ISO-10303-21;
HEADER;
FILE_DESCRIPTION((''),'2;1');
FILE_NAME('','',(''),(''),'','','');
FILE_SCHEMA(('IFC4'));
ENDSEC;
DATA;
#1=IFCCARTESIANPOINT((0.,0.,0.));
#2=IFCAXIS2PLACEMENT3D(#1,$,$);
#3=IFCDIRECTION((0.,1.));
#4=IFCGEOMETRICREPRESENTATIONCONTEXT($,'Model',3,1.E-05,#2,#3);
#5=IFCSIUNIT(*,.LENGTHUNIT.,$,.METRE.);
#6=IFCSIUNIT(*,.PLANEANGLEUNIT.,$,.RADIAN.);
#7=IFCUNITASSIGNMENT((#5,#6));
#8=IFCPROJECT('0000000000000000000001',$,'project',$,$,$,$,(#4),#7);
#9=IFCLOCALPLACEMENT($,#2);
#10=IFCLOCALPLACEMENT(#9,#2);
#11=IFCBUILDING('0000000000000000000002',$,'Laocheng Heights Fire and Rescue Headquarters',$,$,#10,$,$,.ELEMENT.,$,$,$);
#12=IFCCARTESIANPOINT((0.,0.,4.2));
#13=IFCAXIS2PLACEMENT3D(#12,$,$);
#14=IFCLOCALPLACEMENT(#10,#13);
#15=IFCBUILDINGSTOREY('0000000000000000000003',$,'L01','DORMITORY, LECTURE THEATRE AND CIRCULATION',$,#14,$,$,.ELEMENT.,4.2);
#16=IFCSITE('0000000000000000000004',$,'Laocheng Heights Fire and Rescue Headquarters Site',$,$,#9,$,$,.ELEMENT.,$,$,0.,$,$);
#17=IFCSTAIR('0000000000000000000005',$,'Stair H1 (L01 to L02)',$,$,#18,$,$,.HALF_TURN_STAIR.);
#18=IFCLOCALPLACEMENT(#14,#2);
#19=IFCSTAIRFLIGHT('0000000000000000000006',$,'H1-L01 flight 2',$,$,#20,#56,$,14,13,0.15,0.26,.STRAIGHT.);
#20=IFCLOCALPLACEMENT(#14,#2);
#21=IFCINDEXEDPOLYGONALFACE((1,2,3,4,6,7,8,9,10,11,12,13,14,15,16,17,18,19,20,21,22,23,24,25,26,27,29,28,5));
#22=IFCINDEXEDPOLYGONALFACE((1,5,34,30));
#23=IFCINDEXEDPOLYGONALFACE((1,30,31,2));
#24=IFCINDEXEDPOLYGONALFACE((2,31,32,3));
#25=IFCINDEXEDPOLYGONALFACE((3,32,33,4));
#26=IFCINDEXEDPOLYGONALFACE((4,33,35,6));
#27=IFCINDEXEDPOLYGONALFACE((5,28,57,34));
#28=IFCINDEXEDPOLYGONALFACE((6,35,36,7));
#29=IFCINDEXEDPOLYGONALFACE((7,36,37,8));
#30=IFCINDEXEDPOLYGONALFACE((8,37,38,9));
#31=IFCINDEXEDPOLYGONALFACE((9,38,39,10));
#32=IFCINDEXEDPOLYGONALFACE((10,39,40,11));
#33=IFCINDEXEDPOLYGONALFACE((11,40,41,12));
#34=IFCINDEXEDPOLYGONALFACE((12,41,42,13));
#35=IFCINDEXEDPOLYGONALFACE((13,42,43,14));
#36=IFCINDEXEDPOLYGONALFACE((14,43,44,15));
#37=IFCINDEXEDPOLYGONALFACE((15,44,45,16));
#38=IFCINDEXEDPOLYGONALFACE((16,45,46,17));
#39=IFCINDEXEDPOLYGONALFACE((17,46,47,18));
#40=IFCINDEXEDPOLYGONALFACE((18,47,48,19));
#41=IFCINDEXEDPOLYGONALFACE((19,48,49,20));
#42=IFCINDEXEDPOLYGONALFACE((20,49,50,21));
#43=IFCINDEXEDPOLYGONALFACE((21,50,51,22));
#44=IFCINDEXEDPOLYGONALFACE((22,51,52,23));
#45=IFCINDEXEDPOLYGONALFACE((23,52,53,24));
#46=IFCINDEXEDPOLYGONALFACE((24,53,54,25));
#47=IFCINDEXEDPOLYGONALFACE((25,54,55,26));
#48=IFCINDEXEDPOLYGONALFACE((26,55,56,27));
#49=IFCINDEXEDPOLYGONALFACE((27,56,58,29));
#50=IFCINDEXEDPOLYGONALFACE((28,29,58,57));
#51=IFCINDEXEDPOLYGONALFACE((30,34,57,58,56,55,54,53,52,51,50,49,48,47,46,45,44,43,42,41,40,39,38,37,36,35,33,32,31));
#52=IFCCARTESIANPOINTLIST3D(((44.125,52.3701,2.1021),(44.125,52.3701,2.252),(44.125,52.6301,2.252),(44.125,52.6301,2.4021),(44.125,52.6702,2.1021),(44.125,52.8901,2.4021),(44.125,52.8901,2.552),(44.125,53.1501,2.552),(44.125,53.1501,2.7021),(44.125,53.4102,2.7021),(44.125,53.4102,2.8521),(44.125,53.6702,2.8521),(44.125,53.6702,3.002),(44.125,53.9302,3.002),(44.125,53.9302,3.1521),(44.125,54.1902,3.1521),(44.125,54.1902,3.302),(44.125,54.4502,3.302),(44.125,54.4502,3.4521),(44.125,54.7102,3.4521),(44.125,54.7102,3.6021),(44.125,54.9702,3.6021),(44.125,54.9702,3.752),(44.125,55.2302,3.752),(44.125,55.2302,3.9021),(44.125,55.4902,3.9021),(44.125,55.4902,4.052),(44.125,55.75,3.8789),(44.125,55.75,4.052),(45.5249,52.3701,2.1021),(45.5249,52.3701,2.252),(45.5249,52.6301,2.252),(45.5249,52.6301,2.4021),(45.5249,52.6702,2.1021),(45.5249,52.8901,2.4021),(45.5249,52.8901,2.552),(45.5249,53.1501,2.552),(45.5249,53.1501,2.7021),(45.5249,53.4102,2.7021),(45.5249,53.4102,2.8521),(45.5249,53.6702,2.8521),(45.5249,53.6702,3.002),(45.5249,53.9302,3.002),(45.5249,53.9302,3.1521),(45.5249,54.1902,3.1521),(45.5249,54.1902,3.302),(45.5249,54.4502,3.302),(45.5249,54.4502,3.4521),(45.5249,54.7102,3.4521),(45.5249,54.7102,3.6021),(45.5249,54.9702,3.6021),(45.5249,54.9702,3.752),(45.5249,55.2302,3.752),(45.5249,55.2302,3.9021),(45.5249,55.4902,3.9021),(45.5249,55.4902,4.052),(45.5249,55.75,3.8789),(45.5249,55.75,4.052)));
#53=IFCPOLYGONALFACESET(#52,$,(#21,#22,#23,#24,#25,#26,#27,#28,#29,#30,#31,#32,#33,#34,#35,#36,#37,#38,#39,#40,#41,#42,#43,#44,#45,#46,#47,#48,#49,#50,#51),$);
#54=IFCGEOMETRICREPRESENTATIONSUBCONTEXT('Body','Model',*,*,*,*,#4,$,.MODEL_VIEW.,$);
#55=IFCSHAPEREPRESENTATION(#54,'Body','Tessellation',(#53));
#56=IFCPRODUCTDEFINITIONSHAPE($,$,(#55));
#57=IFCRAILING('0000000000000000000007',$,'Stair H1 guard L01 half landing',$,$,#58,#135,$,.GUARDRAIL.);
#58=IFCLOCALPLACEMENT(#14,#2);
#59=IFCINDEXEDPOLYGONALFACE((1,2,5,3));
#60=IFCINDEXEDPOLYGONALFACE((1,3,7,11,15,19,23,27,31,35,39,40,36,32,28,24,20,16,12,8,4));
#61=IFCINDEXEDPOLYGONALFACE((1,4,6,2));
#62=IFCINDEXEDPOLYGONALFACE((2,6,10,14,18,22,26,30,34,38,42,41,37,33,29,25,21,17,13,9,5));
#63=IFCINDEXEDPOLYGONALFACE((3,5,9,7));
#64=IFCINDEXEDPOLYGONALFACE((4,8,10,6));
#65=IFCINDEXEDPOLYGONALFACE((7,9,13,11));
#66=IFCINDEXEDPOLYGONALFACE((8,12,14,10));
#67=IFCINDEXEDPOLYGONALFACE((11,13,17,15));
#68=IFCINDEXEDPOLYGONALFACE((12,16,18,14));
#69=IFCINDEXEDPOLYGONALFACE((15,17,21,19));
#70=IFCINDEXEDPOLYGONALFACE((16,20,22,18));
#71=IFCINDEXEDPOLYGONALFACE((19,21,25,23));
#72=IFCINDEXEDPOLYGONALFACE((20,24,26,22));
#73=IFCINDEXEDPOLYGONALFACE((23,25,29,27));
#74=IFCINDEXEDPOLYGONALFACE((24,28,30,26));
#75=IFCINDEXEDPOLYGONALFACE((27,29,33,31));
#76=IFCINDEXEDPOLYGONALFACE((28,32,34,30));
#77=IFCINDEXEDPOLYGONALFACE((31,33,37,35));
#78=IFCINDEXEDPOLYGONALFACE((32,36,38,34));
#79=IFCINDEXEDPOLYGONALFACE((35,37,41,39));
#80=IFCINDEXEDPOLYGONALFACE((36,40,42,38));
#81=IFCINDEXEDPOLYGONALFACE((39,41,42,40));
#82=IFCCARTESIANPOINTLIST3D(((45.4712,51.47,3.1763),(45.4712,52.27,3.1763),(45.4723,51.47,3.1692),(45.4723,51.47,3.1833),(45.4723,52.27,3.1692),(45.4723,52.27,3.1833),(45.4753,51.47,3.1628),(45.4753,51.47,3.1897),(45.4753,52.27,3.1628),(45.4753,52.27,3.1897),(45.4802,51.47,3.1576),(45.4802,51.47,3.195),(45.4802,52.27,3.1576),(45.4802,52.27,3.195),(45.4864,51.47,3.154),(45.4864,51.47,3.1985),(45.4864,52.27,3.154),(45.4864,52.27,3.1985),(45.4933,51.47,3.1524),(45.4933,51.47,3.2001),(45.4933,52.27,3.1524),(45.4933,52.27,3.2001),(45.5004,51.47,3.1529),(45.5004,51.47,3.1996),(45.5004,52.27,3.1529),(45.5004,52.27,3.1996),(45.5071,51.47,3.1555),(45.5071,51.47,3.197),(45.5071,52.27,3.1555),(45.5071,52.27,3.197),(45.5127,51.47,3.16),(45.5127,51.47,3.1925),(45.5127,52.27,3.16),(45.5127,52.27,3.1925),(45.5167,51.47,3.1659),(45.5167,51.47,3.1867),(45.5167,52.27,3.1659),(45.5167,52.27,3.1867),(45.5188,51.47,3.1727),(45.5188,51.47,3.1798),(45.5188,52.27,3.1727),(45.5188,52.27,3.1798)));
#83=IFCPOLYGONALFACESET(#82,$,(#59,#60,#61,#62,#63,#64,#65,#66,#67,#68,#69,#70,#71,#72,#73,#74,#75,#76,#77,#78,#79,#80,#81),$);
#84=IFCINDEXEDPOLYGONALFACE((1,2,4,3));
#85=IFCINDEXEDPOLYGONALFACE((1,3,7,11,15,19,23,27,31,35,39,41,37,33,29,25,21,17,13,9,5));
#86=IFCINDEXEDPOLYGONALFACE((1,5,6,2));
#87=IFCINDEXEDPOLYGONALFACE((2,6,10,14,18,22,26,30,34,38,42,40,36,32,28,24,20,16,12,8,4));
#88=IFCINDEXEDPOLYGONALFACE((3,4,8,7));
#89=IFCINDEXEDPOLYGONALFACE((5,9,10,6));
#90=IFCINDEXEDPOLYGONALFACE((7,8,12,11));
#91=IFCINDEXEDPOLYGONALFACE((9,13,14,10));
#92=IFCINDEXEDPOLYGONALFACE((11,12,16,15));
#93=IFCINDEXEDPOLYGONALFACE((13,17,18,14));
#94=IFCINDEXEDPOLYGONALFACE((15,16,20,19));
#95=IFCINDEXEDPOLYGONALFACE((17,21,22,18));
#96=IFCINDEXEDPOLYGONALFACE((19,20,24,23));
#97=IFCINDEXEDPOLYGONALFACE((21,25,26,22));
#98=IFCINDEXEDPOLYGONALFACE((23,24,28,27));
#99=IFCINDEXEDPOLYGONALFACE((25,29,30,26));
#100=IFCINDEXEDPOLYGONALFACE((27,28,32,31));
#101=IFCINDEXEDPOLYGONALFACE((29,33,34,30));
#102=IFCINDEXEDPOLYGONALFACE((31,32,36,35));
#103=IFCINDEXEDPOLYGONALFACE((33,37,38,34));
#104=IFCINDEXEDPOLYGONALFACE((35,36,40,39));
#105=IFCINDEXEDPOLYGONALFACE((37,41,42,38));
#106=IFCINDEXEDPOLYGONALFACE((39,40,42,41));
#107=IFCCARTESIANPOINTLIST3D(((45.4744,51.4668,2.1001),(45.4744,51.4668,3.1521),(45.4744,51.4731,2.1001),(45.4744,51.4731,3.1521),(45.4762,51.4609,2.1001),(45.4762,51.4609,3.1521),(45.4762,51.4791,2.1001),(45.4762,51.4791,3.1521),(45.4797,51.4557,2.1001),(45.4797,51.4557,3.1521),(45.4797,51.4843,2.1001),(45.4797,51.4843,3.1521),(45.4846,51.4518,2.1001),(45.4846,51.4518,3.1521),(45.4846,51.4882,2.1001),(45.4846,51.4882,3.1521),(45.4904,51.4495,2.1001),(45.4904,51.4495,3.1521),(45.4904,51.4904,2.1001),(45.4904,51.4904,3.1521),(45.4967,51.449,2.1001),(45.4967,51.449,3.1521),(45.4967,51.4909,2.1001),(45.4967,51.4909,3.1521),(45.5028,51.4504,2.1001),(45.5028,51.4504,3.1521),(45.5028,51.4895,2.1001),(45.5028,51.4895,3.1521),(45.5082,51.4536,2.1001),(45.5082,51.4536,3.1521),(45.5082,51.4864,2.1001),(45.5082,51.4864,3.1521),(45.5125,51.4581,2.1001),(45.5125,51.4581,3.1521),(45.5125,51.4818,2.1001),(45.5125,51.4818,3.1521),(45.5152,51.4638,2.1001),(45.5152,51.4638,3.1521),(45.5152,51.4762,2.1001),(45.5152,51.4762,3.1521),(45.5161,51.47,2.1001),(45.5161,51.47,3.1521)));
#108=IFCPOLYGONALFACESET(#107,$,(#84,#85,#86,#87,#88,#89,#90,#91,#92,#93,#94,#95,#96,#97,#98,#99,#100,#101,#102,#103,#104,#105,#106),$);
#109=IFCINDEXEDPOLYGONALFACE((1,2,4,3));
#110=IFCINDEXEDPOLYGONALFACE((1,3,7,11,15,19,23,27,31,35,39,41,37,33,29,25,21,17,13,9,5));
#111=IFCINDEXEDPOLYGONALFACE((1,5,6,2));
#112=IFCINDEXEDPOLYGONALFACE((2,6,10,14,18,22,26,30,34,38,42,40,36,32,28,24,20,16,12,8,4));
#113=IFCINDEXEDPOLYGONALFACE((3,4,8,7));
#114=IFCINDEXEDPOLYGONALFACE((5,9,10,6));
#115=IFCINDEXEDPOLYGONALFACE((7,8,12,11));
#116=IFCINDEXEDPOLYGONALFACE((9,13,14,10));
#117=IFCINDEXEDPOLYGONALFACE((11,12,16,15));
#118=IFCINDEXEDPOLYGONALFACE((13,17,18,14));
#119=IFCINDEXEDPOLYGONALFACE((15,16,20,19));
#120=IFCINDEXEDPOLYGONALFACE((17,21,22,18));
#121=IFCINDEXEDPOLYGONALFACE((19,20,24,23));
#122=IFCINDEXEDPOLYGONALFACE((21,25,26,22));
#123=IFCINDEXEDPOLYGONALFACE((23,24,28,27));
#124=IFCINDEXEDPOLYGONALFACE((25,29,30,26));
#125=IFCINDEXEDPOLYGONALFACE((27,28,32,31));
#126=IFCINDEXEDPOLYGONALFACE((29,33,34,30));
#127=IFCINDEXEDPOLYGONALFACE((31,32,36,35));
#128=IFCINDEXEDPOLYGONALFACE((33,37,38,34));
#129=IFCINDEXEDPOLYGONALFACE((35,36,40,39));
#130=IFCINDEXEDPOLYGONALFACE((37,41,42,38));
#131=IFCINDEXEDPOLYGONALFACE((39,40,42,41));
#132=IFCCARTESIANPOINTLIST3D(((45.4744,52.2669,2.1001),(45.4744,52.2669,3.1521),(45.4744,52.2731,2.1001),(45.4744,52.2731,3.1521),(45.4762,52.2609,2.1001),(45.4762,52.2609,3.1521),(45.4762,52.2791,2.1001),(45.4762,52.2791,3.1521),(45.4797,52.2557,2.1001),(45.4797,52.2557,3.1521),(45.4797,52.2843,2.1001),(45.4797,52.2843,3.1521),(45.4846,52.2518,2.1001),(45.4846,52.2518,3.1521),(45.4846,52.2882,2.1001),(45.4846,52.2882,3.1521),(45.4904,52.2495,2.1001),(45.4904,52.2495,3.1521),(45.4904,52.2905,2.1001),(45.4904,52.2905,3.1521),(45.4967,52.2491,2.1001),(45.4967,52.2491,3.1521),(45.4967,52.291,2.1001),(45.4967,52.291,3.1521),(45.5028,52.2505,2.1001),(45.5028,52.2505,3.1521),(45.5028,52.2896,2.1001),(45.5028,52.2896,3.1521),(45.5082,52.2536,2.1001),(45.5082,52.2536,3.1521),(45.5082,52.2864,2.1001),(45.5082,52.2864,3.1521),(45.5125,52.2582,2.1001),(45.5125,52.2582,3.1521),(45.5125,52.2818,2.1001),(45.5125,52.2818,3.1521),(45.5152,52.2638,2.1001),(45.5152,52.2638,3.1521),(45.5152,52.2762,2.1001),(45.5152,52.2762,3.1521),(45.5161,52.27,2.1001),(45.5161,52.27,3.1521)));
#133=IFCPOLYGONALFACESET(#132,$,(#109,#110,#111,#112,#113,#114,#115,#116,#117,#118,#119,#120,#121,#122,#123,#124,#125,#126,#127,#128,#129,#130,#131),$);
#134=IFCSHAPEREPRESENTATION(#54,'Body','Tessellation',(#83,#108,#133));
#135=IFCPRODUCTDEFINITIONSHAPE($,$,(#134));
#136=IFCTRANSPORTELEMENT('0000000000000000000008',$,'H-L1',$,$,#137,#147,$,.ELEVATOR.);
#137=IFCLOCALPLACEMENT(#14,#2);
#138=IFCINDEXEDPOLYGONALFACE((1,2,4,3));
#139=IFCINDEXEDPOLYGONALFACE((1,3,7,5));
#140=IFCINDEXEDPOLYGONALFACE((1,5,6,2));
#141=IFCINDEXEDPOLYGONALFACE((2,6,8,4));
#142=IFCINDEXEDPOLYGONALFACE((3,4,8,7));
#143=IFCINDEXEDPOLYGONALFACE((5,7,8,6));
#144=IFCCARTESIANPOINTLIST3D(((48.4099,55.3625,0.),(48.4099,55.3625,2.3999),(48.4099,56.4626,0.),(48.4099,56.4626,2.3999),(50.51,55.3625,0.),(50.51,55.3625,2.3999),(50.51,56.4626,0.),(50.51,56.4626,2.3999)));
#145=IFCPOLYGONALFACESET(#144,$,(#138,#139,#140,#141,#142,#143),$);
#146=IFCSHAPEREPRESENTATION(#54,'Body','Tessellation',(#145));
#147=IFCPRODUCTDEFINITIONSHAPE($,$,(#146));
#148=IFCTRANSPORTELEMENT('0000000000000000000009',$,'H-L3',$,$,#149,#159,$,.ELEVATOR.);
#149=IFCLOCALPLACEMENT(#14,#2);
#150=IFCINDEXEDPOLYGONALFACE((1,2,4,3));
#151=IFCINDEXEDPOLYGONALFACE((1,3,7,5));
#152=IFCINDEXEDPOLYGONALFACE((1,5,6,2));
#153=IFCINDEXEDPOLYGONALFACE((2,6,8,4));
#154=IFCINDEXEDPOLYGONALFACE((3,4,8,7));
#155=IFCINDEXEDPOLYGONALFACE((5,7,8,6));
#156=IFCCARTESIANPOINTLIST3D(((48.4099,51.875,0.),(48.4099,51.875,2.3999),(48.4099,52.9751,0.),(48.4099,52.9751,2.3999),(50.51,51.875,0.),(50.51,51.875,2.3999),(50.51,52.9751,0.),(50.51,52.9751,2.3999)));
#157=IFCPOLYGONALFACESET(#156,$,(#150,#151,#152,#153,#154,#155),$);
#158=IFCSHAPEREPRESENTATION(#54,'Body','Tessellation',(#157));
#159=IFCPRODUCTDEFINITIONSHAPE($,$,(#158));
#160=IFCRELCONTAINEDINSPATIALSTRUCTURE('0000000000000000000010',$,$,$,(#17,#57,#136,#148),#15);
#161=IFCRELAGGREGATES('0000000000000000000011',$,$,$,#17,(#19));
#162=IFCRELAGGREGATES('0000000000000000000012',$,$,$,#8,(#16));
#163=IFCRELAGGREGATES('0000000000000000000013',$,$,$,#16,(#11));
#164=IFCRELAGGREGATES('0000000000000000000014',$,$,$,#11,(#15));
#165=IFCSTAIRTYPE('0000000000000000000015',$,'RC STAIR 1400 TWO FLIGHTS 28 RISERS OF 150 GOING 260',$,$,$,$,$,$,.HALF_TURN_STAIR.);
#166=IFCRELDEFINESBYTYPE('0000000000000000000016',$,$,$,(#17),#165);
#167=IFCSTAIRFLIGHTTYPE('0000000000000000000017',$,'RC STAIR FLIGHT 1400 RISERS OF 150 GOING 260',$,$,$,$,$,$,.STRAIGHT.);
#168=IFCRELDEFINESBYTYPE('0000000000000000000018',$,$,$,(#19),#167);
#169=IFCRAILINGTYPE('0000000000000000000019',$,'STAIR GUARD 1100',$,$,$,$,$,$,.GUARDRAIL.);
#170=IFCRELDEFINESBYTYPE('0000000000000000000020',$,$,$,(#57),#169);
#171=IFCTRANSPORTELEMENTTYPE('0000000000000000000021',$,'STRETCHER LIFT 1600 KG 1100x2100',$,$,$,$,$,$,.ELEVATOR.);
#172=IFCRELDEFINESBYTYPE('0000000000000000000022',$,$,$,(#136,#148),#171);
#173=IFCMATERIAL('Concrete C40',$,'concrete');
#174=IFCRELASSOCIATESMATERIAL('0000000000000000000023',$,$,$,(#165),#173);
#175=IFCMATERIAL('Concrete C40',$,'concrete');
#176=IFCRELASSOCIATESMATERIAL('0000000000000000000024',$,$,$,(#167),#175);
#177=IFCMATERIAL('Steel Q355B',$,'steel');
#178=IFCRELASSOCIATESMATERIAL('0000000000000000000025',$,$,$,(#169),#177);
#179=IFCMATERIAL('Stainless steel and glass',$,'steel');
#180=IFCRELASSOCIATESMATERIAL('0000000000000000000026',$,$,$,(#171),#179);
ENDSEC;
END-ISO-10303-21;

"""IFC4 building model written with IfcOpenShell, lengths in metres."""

from ifc_helpers import new_model, si_unit, direction, frame, origin, origin_2d, place, context, subcontext, project, spatial, polyline, rectangle, circle, outline, extrude, material, type_object, element, aggregate, save


model = new_model("IFC4")

# Units and contexts
model_context = context("Model", 3, precision=1e-05, world=origin(), true_north=direction((0.0, 1.0)))
body_context = subcontext(model_context, "Body", "Model", "MODEL_VIEW")
ifc_project = project(units=[si_unit("LENGTHUNIT", "METRE"), si_unit("PLANEANGLEUNIT", "RADIAN")], contexts=[model_context])

# Site, building, storey
site_placement = place(None, origin())
site = spatial("IfcSite", under=ifc_project, at=site_placement, Name="Laocheng Heights Fire and Rescue Headquarters Site", CompositionType="ELEMENT", RefElevation=0.0)
building_placement = place(site_placement, origin())
building = spatial("IfcBuilding", under=site, at=building_placement, Name="Laocheng Heights Fire and Rescue Headquarters", CompositionType="ELEMENT")
storey_placement = place(building_placement, frame((0.0, 0.0, 4.2)))
storey = spatial("IfcBuildingStorey", under=building, at=storey_placement, Name="L01", Description="DORMITORY, LECTURE THEATRE AND CIRCULATION", CompositionType="ELEMENT", Elevation=4.2)

# Stair, stair flight
ifc_material_1 = material(Name="Concrete C40", Category="concrete")
stair_type = type_object("IfcStairType", Name="RC STAIR 1400 TWO FLIGHTS 28 RISERS OF 150 GOING 260", PredefinedType="HALF_TURN_STAIR", material=ifc_material_1)
stair_placement = place(storey_placement, origin())
stair = element("IfcStair", 1, at=stair_placement, inside=storey, type_object=stair_type, Name="Stair H1 (L01 to L02)", PredefinedType="HALF_TURN_STAIR")
ifc_material_2 = material(Name="Concrete C40", Category="concrete")
stair_flight_type = type_object("IfcStairFlightType", Name="RC STAIR FLIGHT 1400 RISERS OF 150 GOING 260", PredefinedType="STRAIGHT", material=ifc_material_2)
stair_flight_placement = place(storey_placement, frame((44.825, 52.3701, 2.1021), z_axis=(0.0, 0.0, 1.0), x_axis=(0.0, 1.0, 0.0)))
stair_flight = element("IfcStairFlight", 2, at=stair_flight_placement, type_object=stair_flight_type, Name="H1-L01 flight 2", NumberOfRisers=14, NumberOfTreads=13, PredefinedType="STRAIGHT", RiserHeight=0.15, TreadLength=0.26, context=body_context, shape_type="SweptSolid", body=[
    extrude(outline(polyline([(0.0, 0.0), (0.0, 0.1499), (0.26, 0.1499), (0.26, 0.3), (0.52, 0.3), (0.52, 0.45), (0.78, 0.45), (0.78, 0.6001), (1.04, 0.6001), (1.04, 0.75), (1.3, 0.75), (1.3, 0.8999), (1.5601, 0.8999), (1.5601, 1.05), (1.8201, 1.05), (1.8201, 1.2), (2.0801, 1.2), (2.0801, 1.3501), (2.3401, 1.3501), (2.3401, 1.5), (2.6001, 1.5), (2.6001, 1.6499), (2.8601, 1.6499), (2.8601, 1.8), (3.1201, 1.8), (3.1201, 1.95), (3.3799, 1.95), (3.3799, 2.1001), (3.3799, 1.7769), (0.3, 0.0), (0.0, 0.0)])), frame((0.0, 0.7, 0.0), z_axis=(0.0, -1.0, 0.0), x_axis=(1.0, 0.0, 0.0)), (0.0, 0.0, 1.0), 1.3999),
])
aggregate(stair, [stair_flight])

# Railing
ifc_material_3 = material(Name="Steel Q355B", Category="steel")
railing_type_1 = type_object("IfcRailingType", Name="STAIR GUARD 1100", PredefinedType="GUARDRAIL", material=ifc_material_3)
railing_placement = place(storey_placement, frame((45.4951, 51.47, 2.1001)))
element("IfcRailing", 3, at=railing_placement, inside=storey, type_object=railing_type_1, Name="Stair H1 guard L01 half landing", PredefinedType="GUARDRAIL", context=body_context, shape_type="SweptSolid", body=[
    extrude(circle(Radius=0.0239, at=origin_2d()), frame((0.0, 0.0, 1.0762), z_axis=(0.0, 1.0, 0.0), x_axis=(-1.0, 0.0, 0.0)), (0.0, 0.0, 1.0), 0.8),
    extrude(circle(Radius=0.021, at=origin_2d()), origin(), (0.0, 0.0, 1.0), 1.052),
    extrude(circle(Radius=0.021, at=origin_2d()), frame((0.0, 0.8, 0.0)), (0.0, 0.0, 1.0), 1.052),
])

# Transport elements
ifc_material_4 = material(Name="Stainless steel and glass", Category="steel")
transport_element_type = type_object("IfcTransportElementType", Name="STRETCHER LIFT 1600 KG 1100x2100", PredefinedType="ELEVATOR", material=ifc_material_4)
for number, where, z_axis, x_axis, name in (
    (4, (49.46, 55.9126, 0.0), (0.0, 0.0, 1.0), (1.0, 0.0, 0.0), "H-L1"),
    (5, (49.46, 52.425, 0.0), (0.0, 0.0, 1.0), (1.0, 0.0, 0.0), "H-L3"),
):
    element("IfcTransportElement", number, at=place(storey_placement, frame(where, z_axis=z_axis, x_axis=x_axis)), inside=storey, type_object=transport_element_type, Name=name, PredefinedType="ELEVATOR", context=body_context, shape_type="SweptSolid", body=[
        extrude(rectangle(XDim=2.1001, YDim=1.1001, at=origin_2d()), origin(), (0.0, 0.0, 1.0), 2.3999),
    ])

save(model, "model.ifc")
